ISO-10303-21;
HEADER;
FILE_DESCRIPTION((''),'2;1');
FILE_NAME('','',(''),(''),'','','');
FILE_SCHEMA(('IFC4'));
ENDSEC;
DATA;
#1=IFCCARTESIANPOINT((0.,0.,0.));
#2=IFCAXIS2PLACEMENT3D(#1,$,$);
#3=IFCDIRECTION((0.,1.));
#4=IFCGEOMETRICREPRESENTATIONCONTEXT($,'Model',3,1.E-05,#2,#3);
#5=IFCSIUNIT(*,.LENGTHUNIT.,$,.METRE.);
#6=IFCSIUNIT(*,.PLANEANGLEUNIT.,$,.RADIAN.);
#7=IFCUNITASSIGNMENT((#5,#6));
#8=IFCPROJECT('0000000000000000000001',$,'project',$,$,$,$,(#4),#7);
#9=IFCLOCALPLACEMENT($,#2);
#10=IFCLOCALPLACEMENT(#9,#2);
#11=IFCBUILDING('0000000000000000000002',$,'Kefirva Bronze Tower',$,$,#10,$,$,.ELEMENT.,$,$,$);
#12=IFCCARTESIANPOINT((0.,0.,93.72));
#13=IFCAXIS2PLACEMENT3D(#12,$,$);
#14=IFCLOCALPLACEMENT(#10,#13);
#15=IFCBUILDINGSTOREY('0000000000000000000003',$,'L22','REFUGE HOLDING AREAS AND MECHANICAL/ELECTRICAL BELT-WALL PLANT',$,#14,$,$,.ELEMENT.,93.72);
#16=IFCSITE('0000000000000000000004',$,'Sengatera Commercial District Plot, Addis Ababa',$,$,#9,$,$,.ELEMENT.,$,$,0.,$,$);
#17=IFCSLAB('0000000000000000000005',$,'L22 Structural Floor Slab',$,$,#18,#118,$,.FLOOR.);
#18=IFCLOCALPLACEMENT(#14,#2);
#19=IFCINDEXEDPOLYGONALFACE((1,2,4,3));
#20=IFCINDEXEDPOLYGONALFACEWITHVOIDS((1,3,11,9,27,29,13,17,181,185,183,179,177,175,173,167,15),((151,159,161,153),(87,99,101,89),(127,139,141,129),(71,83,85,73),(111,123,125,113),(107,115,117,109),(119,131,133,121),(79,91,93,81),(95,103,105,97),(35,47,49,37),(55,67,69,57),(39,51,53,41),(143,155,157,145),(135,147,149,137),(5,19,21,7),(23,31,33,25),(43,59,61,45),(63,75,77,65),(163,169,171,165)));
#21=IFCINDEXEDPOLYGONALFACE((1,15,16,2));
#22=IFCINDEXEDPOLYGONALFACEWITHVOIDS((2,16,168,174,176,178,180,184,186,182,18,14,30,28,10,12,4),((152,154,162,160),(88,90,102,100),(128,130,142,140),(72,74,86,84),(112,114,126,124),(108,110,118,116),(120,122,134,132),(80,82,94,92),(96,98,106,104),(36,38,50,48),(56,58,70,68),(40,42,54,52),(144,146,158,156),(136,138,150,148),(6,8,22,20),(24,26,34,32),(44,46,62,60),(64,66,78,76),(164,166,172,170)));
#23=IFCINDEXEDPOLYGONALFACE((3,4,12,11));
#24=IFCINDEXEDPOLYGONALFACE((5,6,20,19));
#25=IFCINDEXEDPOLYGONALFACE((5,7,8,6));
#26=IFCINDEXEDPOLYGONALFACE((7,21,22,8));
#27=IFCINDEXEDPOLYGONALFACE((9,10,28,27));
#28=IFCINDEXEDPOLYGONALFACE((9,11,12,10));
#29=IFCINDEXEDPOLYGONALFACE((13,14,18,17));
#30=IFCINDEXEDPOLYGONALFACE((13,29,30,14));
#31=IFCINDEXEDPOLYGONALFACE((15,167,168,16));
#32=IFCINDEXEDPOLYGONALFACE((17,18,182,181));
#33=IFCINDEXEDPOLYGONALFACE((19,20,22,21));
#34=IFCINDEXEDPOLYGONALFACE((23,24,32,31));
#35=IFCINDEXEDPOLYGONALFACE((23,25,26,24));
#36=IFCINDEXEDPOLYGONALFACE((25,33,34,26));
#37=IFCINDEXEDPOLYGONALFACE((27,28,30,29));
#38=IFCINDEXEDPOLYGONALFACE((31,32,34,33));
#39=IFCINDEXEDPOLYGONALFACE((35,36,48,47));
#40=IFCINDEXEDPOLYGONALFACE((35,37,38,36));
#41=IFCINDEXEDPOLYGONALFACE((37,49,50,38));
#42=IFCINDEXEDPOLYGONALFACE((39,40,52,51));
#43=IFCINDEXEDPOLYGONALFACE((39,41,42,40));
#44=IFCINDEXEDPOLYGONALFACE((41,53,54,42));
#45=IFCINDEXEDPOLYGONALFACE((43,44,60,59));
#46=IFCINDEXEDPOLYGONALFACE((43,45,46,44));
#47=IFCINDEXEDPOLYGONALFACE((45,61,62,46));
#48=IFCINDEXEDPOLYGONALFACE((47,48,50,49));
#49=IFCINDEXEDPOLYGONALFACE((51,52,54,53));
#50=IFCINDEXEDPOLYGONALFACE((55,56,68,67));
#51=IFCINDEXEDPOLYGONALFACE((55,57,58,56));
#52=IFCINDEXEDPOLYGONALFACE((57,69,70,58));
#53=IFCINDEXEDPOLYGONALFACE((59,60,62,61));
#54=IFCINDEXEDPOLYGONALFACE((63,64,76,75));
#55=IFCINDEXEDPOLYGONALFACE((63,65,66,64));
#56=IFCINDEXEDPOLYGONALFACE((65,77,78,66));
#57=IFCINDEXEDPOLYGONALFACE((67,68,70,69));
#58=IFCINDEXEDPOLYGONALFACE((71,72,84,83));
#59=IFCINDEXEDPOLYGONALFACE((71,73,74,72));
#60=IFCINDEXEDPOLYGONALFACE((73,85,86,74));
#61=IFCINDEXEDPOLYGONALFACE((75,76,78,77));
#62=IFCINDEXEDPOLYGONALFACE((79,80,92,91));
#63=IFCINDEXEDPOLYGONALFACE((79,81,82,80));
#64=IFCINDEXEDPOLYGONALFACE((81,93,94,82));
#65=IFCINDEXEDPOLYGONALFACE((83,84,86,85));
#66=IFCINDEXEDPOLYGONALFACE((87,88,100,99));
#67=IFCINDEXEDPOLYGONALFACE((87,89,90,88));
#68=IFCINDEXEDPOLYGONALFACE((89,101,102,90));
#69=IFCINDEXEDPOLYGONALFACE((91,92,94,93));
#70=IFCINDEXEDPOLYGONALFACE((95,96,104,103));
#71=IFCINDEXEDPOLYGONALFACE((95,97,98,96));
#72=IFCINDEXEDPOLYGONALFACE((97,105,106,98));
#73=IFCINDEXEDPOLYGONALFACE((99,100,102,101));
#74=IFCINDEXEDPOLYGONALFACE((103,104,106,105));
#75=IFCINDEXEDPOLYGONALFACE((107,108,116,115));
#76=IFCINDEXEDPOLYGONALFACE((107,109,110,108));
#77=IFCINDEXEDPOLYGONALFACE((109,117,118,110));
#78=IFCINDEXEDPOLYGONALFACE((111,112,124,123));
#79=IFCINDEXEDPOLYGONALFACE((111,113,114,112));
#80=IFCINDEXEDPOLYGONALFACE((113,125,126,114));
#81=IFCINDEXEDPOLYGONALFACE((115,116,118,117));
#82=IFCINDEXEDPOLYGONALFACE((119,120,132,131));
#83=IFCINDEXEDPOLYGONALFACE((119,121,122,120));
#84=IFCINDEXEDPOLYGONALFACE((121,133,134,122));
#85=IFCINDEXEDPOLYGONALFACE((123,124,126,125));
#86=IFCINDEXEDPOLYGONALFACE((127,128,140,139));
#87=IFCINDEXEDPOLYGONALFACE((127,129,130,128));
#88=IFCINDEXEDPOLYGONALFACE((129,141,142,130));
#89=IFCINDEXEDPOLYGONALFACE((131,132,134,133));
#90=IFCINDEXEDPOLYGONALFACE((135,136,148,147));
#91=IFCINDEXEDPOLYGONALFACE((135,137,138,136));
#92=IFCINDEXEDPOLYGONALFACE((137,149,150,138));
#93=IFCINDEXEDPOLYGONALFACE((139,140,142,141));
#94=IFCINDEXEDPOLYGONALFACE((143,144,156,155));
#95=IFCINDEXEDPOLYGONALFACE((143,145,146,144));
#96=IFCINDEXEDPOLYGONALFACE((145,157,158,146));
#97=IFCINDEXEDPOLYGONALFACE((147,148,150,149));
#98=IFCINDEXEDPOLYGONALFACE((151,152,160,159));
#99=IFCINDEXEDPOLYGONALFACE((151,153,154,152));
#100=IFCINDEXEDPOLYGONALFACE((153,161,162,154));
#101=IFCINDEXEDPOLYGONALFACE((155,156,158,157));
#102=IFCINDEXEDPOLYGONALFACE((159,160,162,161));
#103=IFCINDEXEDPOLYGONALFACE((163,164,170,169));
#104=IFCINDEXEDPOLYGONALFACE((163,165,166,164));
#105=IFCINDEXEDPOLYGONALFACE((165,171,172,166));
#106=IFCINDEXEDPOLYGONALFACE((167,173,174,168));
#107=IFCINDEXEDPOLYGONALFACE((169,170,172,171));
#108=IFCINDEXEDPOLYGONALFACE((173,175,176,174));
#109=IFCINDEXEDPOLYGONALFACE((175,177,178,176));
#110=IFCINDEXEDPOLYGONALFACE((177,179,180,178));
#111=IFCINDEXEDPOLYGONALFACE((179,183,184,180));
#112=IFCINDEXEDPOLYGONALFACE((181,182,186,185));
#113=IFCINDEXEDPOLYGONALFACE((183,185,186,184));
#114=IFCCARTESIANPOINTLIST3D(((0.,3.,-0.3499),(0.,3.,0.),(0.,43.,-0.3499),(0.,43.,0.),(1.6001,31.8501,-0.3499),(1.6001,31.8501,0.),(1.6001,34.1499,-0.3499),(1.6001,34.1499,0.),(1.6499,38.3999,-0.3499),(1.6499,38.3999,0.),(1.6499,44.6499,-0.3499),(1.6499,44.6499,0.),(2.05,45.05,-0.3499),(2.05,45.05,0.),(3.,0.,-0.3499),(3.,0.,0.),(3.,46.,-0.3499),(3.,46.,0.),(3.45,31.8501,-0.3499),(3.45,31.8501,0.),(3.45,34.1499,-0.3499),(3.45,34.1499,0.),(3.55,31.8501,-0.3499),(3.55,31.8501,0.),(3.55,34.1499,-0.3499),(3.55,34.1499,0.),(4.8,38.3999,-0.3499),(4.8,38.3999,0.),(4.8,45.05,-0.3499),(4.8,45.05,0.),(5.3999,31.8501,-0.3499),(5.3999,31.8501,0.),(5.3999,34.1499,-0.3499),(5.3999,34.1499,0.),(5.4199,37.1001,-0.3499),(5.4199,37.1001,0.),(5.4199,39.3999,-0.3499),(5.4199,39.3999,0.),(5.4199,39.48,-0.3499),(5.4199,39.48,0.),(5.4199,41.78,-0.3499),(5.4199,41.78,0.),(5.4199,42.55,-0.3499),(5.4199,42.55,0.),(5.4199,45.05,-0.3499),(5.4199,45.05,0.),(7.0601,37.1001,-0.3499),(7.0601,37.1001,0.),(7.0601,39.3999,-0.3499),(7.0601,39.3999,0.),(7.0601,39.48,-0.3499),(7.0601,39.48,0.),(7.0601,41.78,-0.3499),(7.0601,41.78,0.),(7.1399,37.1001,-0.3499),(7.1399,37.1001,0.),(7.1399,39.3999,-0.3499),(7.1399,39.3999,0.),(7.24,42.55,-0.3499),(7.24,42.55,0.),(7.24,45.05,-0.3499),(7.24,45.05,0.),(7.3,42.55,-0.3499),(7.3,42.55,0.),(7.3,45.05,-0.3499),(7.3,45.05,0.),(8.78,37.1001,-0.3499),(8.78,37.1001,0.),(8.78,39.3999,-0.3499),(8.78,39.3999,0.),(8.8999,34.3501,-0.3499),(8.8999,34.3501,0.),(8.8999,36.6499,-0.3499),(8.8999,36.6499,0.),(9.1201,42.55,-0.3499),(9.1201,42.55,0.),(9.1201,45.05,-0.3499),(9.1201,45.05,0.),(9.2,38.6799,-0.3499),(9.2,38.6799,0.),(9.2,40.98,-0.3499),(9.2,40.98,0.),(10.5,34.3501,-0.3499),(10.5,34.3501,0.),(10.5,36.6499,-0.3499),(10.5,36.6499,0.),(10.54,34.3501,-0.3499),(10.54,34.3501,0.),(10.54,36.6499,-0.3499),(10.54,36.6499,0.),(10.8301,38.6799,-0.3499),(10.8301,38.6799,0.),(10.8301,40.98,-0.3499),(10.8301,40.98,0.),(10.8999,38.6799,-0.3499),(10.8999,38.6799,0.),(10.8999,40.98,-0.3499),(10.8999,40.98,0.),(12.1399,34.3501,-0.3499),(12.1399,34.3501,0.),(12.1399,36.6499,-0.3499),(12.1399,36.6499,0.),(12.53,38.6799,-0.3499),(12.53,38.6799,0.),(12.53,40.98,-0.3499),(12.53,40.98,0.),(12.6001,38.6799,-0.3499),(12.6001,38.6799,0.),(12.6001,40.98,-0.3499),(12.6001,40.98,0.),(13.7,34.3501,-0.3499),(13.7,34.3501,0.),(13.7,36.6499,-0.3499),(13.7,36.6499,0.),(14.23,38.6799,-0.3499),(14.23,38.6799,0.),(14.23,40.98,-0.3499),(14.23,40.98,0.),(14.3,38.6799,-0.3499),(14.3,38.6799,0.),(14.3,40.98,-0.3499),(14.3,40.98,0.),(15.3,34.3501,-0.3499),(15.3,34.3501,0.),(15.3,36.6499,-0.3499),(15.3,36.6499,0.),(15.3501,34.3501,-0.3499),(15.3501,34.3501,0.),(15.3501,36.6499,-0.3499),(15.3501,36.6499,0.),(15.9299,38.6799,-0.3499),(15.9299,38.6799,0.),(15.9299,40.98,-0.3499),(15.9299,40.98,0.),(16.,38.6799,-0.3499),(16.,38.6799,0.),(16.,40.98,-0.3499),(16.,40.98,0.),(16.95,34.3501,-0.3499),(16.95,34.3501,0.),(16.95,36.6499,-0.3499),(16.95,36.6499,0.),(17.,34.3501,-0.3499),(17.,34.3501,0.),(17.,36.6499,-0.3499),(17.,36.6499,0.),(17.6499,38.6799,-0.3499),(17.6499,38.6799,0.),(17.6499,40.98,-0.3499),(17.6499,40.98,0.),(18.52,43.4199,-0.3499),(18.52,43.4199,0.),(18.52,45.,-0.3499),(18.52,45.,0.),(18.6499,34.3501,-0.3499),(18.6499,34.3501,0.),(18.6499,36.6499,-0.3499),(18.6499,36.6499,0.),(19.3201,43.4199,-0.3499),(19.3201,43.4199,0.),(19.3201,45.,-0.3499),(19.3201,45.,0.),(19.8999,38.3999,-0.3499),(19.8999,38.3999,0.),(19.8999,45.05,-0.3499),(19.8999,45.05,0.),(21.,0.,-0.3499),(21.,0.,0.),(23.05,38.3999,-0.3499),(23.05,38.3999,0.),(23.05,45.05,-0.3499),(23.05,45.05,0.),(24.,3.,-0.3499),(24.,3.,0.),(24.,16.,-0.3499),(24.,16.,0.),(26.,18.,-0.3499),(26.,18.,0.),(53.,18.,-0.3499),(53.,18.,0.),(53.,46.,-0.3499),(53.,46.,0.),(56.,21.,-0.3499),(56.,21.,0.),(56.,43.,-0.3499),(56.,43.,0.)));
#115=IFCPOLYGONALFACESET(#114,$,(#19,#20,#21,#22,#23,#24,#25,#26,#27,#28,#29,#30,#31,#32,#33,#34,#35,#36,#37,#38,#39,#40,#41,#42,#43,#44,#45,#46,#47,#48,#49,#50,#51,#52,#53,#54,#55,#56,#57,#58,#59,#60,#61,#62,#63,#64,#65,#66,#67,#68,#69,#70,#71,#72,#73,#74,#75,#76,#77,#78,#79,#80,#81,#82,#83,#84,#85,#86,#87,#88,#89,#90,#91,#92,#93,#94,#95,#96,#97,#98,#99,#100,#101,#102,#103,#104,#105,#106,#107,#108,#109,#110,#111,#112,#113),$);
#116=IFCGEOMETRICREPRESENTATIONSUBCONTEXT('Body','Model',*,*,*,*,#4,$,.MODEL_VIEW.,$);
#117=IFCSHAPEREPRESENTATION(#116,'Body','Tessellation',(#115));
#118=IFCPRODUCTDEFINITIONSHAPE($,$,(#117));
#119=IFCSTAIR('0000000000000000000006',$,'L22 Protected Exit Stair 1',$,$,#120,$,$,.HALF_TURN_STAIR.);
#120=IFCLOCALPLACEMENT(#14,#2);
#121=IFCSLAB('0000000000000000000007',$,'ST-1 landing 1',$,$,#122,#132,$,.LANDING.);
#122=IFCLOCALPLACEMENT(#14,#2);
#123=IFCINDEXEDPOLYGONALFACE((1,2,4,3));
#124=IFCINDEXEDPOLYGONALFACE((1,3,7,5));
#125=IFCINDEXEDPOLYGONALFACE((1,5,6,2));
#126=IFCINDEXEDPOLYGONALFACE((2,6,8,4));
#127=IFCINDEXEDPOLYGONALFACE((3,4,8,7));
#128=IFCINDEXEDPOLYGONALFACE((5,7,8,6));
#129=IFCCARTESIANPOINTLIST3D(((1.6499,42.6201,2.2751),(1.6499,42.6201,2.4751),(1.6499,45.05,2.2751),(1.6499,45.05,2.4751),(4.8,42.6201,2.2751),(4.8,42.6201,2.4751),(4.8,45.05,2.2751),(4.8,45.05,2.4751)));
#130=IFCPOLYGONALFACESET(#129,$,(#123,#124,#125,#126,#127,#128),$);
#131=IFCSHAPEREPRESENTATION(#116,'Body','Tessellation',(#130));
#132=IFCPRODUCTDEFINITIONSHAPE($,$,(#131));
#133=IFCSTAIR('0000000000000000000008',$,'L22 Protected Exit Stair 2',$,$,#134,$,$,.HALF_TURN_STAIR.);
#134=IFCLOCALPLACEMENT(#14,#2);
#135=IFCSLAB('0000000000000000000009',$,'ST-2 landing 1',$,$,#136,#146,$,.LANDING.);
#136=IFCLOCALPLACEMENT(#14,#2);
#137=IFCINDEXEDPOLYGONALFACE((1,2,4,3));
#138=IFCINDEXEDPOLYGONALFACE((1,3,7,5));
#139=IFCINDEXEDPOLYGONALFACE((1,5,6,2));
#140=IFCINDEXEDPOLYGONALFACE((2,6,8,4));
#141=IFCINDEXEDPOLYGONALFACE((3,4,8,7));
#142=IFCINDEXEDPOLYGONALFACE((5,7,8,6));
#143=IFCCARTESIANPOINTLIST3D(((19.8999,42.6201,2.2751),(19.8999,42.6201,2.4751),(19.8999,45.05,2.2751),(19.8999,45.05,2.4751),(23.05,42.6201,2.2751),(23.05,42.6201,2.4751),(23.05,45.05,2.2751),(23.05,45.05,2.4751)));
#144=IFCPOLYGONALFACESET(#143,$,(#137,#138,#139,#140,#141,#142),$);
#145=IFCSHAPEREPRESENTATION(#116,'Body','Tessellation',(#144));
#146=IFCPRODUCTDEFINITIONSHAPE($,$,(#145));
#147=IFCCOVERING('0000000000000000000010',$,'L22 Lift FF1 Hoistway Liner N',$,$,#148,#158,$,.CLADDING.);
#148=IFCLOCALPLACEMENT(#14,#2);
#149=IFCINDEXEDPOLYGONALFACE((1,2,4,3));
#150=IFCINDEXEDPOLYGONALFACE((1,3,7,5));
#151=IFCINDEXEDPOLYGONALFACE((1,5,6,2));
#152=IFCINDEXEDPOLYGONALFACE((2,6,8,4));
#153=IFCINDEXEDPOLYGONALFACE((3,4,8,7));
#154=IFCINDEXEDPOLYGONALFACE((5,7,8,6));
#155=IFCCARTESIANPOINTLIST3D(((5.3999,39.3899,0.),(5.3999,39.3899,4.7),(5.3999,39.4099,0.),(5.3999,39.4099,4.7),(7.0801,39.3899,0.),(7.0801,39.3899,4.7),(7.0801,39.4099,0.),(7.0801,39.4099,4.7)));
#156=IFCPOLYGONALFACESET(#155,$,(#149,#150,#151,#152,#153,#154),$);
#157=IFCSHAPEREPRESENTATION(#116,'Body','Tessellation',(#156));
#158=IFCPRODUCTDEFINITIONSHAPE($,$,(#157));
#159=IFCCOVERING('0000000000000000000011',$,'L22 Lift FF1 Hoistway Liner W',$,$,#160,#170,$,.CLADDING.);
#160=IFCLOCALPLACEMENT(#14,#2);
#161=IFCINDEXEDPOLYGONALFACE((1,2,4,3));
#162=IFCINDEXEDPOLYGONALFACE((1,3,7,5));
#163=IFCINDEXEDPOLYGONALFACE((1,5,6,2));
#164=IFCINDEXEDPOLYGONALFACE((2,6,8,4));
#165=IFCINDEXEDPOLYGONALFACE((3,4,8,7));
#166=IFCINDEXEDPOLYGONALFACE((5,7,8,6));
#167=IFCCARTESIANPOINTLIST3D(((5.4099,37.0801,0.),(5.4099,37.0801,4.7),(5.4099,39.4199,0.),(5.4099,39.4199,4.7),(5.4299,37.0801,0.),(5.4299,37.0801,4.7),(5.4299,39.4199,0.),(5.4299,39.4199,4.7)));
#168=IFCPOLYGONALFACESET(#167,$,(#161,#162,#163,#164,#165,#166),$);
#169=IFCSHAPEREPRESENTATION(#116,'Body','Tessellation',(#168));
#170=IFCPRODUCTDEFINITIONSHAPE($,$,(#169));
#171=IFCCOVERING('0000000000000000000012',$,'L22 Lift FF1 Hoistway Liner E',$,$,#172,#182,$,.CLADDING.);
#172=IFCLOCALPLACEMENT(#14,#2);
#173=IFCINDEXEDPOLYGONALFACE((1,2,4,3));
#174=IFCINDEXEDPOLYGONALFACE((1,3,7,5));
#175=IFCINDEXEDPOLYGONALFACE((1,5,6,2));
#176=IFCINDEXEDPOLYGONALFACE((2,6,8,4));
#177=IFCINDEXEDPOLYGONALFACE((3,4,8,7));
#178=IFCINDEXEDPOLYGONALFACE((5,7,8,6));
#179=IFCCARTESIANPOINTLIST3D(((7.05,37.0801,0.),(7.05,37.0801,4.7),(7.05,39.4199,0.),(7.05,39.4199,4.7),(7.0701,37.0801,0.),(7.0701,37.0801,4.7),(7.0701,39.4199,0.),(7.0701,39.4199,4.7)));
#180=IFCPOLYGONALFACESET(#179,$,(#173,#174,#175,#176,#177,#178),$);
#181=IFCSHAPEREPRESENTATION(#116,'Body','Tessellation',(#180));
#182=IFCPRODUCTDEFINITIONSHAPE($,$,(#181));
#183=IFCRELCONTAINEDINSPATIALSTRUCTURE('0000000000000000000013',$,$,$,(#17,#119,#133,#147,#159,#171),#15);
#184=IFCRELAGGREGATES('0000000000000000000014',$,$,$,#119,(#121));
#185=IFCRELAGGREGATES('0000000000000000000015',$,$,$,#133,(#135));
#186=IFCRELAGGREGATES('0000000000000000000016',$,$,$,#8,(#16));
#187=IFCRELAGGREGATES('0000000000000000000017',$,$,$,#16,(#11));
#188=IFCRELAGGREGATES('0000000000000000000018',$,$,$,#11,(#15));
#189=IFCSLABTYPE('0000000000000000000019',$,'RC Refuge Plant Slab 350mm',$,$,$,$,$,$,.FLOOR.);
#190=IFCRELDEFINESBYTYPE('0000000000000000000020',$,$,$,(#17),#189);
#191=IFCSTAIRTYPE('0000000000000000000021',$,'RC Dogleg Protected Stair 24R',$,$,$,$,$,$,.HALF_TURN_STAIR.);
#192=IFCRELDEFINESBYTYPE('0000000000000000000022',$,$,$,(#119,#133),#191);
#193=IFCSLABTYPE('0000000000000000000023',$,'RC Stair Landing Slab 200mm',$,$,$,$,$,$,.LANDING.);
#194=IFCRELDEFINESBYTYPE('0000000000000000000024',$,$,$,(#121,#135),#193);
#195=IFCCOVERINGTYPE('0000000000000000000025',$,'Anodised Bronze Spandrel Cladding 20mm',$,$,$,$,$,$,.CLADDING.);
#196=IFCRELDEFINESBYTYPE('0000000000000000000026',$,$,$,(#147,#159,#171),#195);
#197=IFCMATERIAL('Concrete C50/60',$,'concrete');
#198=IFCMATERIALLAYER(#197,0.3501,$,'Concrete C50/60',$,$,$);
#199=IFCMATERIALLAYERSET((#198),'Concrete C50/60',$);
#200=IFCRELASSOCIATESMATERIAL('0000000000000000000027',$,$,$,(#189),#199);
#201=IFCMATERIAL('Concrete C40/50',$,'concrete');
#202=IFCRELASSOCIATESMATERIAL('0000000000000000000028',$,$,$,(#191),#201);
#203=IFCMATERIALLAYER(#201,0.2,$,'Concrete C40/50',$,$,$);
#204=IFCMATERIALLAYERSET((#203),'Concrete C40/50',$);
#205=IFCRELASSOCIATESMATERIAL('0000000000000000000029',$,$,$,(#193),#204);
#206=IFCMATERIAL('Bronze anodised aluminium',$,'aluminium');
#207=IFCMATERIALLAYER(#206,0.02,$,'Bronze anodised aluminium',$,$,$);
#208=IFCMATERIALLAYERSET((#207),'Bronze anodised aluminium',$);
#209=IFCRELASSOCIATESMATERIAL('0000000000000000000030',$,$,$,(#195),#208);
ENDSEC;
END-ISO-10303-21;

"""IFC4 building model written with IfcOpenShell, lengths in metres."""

from ifc_helpers import new_model, si_unit, direction, frame, origin, place, context, subcontext, project, spatial, polyline, outline, extrude, material, layer, layer_set, type_object, element, aggregate, save


model = new_model("IFC4")

# Units and contexts
model_context = context("Model", 3, precision=1e-05, world=origin(), true_north=direction((0.0, 1.0)))
body_context = subcontext(model_context, "Body", "Model", "MODEL_VIEW")
ifc_project = project(units=[si_unit("LENGTHUNIT", "METRE"), si_unit("PLANEANGLEUNIT", "RADIAN")], contexts=[model_context])

# Site, building, storey
site_placement = place(None, origin())
site = spatial("IfcSite", under=ifc_project, at=site_placement, Name="Sengatera Commercial District Plot, Addis Ababa", CompositionType="ELEMENT", RefElevation=0.0)
building_placement = place(site_placement, origin())
building = spatial("IfcBuilding", under=site, at=building_placement, Name="Kefirva Bronze Tower", CompositionType="ELEMENT")
storey_placement = place(building_placement, frame((0.0, 0.0, 93.72)))
storey = spatial("IfcBuildingStorey", under=building, at=storey_placement, Name="L22", Description="REFUGE HOLDING AREAS AND MECHANICAL/ELECTRICAL BELT-WALL PLANT", CompositionType="ELEMENT", Elevation=93.72)

# Slab
ifc_material_1 = material(Name="Concrete C50/60", Category="concrete")
ifc_layer_1 = layer(ifc_material_1, 0.3501, Name="Concrete C50/60")
ifc_layer_set_1 = layer_set([ifc_layer_1], Name="Concrete C50/60")
slab_type_1 = type_object("IfcSlabType", Name="RC Refuge Plant Slab 350mm", PredefinedType="FLOOR", material=ifc_layer_set_1)
slab_1_placement = place(storey_placement, frame((0.0, 0.0, -0.3499)))
element("IfcSlab", 1, at=slab_1_placement, inside=storey, type_object=slab_type_1, Name="L22 Structural Floor Slab", PredefinedType="FLOOR", context=body_context, shape_type="SweptSolid", body=[
    extrude(outline(polyline([(0.0, 3.0), (0.0, 43.0), (1.6499, 44.6499), (1.6499, 38.3999), (4.8, 38.3999), (4.8, 45.05), (2.05, 45.05), (3.0, 46.0), (53.0, 46.0), (56.0, 43.0), (56.0, 21.0), (53.0, 18.0), (26.0, 18.0), (24.0, 16.0), (24.0, 3.0), (21.0, 0.0), (3.0, 0.0), (0.0, 3.0)]), holes=[polyline([(19.8999, 38.3999), (23.05, 38.3999), (23.05, 45.05), (19.8999, 45.05), (19.8999, 38.3999)]), polyline([(18.52, 43.4199), (19.3201, 43.4199), (19.3201, 45.0), (18.52, 45.0), (18.52, 43.4199)]), polyline([(17.0, 34.3501), (18.6499, 34.3501), (18.6499, 36.6499), (17.0, 36.6499), (17.0, 34.3501)]), polyline([(17.6499, 38.6799), (17.6499, 40.98), (16.0, 40.98), (16.0, 38.6799), (17.6499, 38.6799)]), polyline([(16.95, 34.3501), (16.95, 36.6499), (15.3501, 36.6499), (15.3501, 34.3501), (16.95, 34.3501)]), polyline([(15.9299, 38.6799), (15.9299, 40.98), (14.3, 40.98), (14.3, 38.6799), (15.9299, 38.6799)]), polyline([(15.3, 34.3501), (15.3, 36.6499), (13.7, 36.6499), (13.7, 34.3501), (15.3, 34.3501)]), polyline([(14.23, 38.6799), (14.23, 40.98), (12.6001, 40.98), (12.6001, 38.6799), (14.23, 38.6799)]), polyline([(10.8999, 38.6799), (12.53, 38.6799), (12.53, 40.98), (10.8999, 40.98), (10.8999, 38.6799)]), polyline([(12.1399, 34.3501), (12.1399, 36.6499), (10.54, 36.6499), (10.54, 34.3501), (12.1399, 34.3501)]), polyline([(10.8301, 38.6799), (10.8301, 40.98), (9.2, 40.98), (9.2, 38.6799), (10.8301, 38.6799)]), polyline([(10.5, 34.3501), (10.5, 36.6499), (8.8999, 36.6499), (8.8999, 34.3501), (10.5, 34.3501)]), polyline([(7.3, 42.55), (9.1201, 42.55), (9.1201, 45.05), (7.3, 45.05), (7.3, 42.55)]), polyline([(7.1399, 37.1001), (8.78, 37.1001), (8.78, 39.3999), (7.1399, 39.3999), (7.1399, 37.1001)]), polyline([(5.4199, 42.55), (7.24, 42.55), (7.24, 45.05), (5.4199, 45.05), (5.4199, 42.55)]), polyline([(7.0601, 39.48), (7.0601, 41.78), (5.4199, 41.78), (5.4199, 39.48), (7.0601, 39.48)]), polyline([(5.4199, 37.1001), (7.0601, 37.1001), (7.0601, 39.3999), (5.4199, 39.3999), (5.4199, 37.1001)]), polyline([(5.3999, 31.8501), (5.3999, 34.1499), (3.55, 34.1499), (3.55, 31.8501), (5.3999, 31.8501)]), polyline([(3.45, 31.8501), (3.45, 34.1499), (1.6001, 34.1499), (1.6001, 31.8501), (3.45, 31.8501)])]), origin(), (0.0, 0.0, 1.0), 0.3499),
])

# Stairs, slabs
ifc_material_2 = material(Name="Concrete C40/50", Category="concrete")
stair_type = type_object("IfcStairType", Name="RC Dogleg Protected Stair 24R", PredefinedType="HALF_TURN_STAIR", material=ifc_material_2)
stair_1_placement = place(storey_placement, origin())
stair_1 = element("IfcStair", 2, at=stair_1_placement, inside=storey, type_object=stair_type, Name="L22 Protected Exit Stair 1", PredefinedType="HALF_TURN_STAIR")
ifc_layer_2 = layer(ifc_material_2, 0.2, Name="Concrete C40/50")
ifc_layer_set_2 = layer_set([ifc_layer_2], Name="Concrete C40/50")
slab_type_2 = type_object("IfcSlabType", Name="RC Stair Landing Slab 200mm", PredefinedType="LANDING", material=ifc_layer_set_2)
slab_2_placement = place(storey_placement, frame((0.0, 0.0, 2.2751)))
slab_2 = element("IfcSlab", 3, at=slab_2_placement, type_object=slab_type_2, Name="ST-1 landing 1", PredefinedType="LANDING", context=body_context, shape_type="SweptSolid", body=[
    extrude(outline(polyline([(4.8, 42.6201), (4.8, 45.05), (1.6499, 45.05), (1.6499, 42.6201), (4.8, 42.6201)])), origin(), (0.0, 0.0, 1.0), 0.2),
])
aggregate(stair_1, [slab_2])
stair_2_placement = place(storey_placement, origin())
stair_2 = element("IfcStair", 4, at=stair_2_placement, inside=storey, type_object=stair_type, Name="L22 Protected Exit Stair 2", PredefinedType="HALF_TURN_STAIR")
slab_3_placement = place(storey_placement, frame((0.0, 0.0, 2.2751)))
slab_3 = element("IfcSlab", 5, at=slab_3_placement, type_object=slab_type_2, Name="ST-2 landing 1", PredefinedType="LANDING", context=body_context, shape_type="SweptSolid", body=[
    extrude(outline(polyline([(23.05, 42.6201), (23.05, 45.05), (19.8999, 45.05), (19.8999, 42.6201), (23.05, 42.6201)])), origin(), (0.0, 0.0, 1.0), 0.2),
])
aggregate(stair_2, [slab_3])

# Coverings
ifc_material_3 = material(Name="Bronze anodised aluminium", Category="aluminium")
ifc_layer_3 = layer(ifc_material_3, 0.02, Name="Bronze anodised aluminium")
ifc_layer_set_3 = layer_set([ifc_layer_3], Name="Bronze anodised aluminium")
covering_type = type_object("IfcCoveringType", Name="Anodised Bronze Spandrel Cladding 20mm", PredefinedType="CLADDING", material=ifc_layer_set_3)
covering_1_placement = place(storey_placement, origin())
element("IfcCovering", 6, at=covering_1_placement, inside=storey, type_object=covering_type, Name="L22 Lift FF1 Hoistway Liner N", PredefinedType="CLADDING", context=body_context, shape_type="SweptSolid", body=[
    extrude(outline(polyline([(5.3999, 39.3899), (7.0801, 39.3899), (7.0801, 39.4099), (5.3999, 39.4099), (5.3999, 39.3899)])), origin(), (0.0, 0.0, 1.0), 4.7),
])
covering_2_placement = place(storey_placement, origin())
element("IfcCovering", 7, at=covering_2_placement, inside=storey, type_object=covering_type, Name="L22 Lift FF1 Hoistway Liner W", PredefinedType="CLADDING", context=body_context, shape_type="SweptSolid", body=[
    extrude(outline(polyline([(5.4099, 37.0801), (5.4299, 37.0801), (5.4299, 39.4199), (5.4099, 39.4199), (5.4099, 37.0801)])), origin(), (0.0, 0.0, 1.0), 4.7),
])
covering_3_placement = place(storey_placement, origin())
element("IfcCovering", 8, at=covering_3_placement, inside=storey, type_object=covering_type, Name="L22 Lift FF1 Hoistway Liner E", PredefinedType="CLADDING", context=body_context, shape_type="SweptSolid", body=[
    extrude(outline(polyline([(7.05, 37.0801), (7.0701, 37.0801), (7.0701, 39.4199), (7.05, 39.4199), (7.05, 37.0801)])), origin(), (0.0, 0.0, 1.0), 4.7),
])

save(model, "model.ifc")
